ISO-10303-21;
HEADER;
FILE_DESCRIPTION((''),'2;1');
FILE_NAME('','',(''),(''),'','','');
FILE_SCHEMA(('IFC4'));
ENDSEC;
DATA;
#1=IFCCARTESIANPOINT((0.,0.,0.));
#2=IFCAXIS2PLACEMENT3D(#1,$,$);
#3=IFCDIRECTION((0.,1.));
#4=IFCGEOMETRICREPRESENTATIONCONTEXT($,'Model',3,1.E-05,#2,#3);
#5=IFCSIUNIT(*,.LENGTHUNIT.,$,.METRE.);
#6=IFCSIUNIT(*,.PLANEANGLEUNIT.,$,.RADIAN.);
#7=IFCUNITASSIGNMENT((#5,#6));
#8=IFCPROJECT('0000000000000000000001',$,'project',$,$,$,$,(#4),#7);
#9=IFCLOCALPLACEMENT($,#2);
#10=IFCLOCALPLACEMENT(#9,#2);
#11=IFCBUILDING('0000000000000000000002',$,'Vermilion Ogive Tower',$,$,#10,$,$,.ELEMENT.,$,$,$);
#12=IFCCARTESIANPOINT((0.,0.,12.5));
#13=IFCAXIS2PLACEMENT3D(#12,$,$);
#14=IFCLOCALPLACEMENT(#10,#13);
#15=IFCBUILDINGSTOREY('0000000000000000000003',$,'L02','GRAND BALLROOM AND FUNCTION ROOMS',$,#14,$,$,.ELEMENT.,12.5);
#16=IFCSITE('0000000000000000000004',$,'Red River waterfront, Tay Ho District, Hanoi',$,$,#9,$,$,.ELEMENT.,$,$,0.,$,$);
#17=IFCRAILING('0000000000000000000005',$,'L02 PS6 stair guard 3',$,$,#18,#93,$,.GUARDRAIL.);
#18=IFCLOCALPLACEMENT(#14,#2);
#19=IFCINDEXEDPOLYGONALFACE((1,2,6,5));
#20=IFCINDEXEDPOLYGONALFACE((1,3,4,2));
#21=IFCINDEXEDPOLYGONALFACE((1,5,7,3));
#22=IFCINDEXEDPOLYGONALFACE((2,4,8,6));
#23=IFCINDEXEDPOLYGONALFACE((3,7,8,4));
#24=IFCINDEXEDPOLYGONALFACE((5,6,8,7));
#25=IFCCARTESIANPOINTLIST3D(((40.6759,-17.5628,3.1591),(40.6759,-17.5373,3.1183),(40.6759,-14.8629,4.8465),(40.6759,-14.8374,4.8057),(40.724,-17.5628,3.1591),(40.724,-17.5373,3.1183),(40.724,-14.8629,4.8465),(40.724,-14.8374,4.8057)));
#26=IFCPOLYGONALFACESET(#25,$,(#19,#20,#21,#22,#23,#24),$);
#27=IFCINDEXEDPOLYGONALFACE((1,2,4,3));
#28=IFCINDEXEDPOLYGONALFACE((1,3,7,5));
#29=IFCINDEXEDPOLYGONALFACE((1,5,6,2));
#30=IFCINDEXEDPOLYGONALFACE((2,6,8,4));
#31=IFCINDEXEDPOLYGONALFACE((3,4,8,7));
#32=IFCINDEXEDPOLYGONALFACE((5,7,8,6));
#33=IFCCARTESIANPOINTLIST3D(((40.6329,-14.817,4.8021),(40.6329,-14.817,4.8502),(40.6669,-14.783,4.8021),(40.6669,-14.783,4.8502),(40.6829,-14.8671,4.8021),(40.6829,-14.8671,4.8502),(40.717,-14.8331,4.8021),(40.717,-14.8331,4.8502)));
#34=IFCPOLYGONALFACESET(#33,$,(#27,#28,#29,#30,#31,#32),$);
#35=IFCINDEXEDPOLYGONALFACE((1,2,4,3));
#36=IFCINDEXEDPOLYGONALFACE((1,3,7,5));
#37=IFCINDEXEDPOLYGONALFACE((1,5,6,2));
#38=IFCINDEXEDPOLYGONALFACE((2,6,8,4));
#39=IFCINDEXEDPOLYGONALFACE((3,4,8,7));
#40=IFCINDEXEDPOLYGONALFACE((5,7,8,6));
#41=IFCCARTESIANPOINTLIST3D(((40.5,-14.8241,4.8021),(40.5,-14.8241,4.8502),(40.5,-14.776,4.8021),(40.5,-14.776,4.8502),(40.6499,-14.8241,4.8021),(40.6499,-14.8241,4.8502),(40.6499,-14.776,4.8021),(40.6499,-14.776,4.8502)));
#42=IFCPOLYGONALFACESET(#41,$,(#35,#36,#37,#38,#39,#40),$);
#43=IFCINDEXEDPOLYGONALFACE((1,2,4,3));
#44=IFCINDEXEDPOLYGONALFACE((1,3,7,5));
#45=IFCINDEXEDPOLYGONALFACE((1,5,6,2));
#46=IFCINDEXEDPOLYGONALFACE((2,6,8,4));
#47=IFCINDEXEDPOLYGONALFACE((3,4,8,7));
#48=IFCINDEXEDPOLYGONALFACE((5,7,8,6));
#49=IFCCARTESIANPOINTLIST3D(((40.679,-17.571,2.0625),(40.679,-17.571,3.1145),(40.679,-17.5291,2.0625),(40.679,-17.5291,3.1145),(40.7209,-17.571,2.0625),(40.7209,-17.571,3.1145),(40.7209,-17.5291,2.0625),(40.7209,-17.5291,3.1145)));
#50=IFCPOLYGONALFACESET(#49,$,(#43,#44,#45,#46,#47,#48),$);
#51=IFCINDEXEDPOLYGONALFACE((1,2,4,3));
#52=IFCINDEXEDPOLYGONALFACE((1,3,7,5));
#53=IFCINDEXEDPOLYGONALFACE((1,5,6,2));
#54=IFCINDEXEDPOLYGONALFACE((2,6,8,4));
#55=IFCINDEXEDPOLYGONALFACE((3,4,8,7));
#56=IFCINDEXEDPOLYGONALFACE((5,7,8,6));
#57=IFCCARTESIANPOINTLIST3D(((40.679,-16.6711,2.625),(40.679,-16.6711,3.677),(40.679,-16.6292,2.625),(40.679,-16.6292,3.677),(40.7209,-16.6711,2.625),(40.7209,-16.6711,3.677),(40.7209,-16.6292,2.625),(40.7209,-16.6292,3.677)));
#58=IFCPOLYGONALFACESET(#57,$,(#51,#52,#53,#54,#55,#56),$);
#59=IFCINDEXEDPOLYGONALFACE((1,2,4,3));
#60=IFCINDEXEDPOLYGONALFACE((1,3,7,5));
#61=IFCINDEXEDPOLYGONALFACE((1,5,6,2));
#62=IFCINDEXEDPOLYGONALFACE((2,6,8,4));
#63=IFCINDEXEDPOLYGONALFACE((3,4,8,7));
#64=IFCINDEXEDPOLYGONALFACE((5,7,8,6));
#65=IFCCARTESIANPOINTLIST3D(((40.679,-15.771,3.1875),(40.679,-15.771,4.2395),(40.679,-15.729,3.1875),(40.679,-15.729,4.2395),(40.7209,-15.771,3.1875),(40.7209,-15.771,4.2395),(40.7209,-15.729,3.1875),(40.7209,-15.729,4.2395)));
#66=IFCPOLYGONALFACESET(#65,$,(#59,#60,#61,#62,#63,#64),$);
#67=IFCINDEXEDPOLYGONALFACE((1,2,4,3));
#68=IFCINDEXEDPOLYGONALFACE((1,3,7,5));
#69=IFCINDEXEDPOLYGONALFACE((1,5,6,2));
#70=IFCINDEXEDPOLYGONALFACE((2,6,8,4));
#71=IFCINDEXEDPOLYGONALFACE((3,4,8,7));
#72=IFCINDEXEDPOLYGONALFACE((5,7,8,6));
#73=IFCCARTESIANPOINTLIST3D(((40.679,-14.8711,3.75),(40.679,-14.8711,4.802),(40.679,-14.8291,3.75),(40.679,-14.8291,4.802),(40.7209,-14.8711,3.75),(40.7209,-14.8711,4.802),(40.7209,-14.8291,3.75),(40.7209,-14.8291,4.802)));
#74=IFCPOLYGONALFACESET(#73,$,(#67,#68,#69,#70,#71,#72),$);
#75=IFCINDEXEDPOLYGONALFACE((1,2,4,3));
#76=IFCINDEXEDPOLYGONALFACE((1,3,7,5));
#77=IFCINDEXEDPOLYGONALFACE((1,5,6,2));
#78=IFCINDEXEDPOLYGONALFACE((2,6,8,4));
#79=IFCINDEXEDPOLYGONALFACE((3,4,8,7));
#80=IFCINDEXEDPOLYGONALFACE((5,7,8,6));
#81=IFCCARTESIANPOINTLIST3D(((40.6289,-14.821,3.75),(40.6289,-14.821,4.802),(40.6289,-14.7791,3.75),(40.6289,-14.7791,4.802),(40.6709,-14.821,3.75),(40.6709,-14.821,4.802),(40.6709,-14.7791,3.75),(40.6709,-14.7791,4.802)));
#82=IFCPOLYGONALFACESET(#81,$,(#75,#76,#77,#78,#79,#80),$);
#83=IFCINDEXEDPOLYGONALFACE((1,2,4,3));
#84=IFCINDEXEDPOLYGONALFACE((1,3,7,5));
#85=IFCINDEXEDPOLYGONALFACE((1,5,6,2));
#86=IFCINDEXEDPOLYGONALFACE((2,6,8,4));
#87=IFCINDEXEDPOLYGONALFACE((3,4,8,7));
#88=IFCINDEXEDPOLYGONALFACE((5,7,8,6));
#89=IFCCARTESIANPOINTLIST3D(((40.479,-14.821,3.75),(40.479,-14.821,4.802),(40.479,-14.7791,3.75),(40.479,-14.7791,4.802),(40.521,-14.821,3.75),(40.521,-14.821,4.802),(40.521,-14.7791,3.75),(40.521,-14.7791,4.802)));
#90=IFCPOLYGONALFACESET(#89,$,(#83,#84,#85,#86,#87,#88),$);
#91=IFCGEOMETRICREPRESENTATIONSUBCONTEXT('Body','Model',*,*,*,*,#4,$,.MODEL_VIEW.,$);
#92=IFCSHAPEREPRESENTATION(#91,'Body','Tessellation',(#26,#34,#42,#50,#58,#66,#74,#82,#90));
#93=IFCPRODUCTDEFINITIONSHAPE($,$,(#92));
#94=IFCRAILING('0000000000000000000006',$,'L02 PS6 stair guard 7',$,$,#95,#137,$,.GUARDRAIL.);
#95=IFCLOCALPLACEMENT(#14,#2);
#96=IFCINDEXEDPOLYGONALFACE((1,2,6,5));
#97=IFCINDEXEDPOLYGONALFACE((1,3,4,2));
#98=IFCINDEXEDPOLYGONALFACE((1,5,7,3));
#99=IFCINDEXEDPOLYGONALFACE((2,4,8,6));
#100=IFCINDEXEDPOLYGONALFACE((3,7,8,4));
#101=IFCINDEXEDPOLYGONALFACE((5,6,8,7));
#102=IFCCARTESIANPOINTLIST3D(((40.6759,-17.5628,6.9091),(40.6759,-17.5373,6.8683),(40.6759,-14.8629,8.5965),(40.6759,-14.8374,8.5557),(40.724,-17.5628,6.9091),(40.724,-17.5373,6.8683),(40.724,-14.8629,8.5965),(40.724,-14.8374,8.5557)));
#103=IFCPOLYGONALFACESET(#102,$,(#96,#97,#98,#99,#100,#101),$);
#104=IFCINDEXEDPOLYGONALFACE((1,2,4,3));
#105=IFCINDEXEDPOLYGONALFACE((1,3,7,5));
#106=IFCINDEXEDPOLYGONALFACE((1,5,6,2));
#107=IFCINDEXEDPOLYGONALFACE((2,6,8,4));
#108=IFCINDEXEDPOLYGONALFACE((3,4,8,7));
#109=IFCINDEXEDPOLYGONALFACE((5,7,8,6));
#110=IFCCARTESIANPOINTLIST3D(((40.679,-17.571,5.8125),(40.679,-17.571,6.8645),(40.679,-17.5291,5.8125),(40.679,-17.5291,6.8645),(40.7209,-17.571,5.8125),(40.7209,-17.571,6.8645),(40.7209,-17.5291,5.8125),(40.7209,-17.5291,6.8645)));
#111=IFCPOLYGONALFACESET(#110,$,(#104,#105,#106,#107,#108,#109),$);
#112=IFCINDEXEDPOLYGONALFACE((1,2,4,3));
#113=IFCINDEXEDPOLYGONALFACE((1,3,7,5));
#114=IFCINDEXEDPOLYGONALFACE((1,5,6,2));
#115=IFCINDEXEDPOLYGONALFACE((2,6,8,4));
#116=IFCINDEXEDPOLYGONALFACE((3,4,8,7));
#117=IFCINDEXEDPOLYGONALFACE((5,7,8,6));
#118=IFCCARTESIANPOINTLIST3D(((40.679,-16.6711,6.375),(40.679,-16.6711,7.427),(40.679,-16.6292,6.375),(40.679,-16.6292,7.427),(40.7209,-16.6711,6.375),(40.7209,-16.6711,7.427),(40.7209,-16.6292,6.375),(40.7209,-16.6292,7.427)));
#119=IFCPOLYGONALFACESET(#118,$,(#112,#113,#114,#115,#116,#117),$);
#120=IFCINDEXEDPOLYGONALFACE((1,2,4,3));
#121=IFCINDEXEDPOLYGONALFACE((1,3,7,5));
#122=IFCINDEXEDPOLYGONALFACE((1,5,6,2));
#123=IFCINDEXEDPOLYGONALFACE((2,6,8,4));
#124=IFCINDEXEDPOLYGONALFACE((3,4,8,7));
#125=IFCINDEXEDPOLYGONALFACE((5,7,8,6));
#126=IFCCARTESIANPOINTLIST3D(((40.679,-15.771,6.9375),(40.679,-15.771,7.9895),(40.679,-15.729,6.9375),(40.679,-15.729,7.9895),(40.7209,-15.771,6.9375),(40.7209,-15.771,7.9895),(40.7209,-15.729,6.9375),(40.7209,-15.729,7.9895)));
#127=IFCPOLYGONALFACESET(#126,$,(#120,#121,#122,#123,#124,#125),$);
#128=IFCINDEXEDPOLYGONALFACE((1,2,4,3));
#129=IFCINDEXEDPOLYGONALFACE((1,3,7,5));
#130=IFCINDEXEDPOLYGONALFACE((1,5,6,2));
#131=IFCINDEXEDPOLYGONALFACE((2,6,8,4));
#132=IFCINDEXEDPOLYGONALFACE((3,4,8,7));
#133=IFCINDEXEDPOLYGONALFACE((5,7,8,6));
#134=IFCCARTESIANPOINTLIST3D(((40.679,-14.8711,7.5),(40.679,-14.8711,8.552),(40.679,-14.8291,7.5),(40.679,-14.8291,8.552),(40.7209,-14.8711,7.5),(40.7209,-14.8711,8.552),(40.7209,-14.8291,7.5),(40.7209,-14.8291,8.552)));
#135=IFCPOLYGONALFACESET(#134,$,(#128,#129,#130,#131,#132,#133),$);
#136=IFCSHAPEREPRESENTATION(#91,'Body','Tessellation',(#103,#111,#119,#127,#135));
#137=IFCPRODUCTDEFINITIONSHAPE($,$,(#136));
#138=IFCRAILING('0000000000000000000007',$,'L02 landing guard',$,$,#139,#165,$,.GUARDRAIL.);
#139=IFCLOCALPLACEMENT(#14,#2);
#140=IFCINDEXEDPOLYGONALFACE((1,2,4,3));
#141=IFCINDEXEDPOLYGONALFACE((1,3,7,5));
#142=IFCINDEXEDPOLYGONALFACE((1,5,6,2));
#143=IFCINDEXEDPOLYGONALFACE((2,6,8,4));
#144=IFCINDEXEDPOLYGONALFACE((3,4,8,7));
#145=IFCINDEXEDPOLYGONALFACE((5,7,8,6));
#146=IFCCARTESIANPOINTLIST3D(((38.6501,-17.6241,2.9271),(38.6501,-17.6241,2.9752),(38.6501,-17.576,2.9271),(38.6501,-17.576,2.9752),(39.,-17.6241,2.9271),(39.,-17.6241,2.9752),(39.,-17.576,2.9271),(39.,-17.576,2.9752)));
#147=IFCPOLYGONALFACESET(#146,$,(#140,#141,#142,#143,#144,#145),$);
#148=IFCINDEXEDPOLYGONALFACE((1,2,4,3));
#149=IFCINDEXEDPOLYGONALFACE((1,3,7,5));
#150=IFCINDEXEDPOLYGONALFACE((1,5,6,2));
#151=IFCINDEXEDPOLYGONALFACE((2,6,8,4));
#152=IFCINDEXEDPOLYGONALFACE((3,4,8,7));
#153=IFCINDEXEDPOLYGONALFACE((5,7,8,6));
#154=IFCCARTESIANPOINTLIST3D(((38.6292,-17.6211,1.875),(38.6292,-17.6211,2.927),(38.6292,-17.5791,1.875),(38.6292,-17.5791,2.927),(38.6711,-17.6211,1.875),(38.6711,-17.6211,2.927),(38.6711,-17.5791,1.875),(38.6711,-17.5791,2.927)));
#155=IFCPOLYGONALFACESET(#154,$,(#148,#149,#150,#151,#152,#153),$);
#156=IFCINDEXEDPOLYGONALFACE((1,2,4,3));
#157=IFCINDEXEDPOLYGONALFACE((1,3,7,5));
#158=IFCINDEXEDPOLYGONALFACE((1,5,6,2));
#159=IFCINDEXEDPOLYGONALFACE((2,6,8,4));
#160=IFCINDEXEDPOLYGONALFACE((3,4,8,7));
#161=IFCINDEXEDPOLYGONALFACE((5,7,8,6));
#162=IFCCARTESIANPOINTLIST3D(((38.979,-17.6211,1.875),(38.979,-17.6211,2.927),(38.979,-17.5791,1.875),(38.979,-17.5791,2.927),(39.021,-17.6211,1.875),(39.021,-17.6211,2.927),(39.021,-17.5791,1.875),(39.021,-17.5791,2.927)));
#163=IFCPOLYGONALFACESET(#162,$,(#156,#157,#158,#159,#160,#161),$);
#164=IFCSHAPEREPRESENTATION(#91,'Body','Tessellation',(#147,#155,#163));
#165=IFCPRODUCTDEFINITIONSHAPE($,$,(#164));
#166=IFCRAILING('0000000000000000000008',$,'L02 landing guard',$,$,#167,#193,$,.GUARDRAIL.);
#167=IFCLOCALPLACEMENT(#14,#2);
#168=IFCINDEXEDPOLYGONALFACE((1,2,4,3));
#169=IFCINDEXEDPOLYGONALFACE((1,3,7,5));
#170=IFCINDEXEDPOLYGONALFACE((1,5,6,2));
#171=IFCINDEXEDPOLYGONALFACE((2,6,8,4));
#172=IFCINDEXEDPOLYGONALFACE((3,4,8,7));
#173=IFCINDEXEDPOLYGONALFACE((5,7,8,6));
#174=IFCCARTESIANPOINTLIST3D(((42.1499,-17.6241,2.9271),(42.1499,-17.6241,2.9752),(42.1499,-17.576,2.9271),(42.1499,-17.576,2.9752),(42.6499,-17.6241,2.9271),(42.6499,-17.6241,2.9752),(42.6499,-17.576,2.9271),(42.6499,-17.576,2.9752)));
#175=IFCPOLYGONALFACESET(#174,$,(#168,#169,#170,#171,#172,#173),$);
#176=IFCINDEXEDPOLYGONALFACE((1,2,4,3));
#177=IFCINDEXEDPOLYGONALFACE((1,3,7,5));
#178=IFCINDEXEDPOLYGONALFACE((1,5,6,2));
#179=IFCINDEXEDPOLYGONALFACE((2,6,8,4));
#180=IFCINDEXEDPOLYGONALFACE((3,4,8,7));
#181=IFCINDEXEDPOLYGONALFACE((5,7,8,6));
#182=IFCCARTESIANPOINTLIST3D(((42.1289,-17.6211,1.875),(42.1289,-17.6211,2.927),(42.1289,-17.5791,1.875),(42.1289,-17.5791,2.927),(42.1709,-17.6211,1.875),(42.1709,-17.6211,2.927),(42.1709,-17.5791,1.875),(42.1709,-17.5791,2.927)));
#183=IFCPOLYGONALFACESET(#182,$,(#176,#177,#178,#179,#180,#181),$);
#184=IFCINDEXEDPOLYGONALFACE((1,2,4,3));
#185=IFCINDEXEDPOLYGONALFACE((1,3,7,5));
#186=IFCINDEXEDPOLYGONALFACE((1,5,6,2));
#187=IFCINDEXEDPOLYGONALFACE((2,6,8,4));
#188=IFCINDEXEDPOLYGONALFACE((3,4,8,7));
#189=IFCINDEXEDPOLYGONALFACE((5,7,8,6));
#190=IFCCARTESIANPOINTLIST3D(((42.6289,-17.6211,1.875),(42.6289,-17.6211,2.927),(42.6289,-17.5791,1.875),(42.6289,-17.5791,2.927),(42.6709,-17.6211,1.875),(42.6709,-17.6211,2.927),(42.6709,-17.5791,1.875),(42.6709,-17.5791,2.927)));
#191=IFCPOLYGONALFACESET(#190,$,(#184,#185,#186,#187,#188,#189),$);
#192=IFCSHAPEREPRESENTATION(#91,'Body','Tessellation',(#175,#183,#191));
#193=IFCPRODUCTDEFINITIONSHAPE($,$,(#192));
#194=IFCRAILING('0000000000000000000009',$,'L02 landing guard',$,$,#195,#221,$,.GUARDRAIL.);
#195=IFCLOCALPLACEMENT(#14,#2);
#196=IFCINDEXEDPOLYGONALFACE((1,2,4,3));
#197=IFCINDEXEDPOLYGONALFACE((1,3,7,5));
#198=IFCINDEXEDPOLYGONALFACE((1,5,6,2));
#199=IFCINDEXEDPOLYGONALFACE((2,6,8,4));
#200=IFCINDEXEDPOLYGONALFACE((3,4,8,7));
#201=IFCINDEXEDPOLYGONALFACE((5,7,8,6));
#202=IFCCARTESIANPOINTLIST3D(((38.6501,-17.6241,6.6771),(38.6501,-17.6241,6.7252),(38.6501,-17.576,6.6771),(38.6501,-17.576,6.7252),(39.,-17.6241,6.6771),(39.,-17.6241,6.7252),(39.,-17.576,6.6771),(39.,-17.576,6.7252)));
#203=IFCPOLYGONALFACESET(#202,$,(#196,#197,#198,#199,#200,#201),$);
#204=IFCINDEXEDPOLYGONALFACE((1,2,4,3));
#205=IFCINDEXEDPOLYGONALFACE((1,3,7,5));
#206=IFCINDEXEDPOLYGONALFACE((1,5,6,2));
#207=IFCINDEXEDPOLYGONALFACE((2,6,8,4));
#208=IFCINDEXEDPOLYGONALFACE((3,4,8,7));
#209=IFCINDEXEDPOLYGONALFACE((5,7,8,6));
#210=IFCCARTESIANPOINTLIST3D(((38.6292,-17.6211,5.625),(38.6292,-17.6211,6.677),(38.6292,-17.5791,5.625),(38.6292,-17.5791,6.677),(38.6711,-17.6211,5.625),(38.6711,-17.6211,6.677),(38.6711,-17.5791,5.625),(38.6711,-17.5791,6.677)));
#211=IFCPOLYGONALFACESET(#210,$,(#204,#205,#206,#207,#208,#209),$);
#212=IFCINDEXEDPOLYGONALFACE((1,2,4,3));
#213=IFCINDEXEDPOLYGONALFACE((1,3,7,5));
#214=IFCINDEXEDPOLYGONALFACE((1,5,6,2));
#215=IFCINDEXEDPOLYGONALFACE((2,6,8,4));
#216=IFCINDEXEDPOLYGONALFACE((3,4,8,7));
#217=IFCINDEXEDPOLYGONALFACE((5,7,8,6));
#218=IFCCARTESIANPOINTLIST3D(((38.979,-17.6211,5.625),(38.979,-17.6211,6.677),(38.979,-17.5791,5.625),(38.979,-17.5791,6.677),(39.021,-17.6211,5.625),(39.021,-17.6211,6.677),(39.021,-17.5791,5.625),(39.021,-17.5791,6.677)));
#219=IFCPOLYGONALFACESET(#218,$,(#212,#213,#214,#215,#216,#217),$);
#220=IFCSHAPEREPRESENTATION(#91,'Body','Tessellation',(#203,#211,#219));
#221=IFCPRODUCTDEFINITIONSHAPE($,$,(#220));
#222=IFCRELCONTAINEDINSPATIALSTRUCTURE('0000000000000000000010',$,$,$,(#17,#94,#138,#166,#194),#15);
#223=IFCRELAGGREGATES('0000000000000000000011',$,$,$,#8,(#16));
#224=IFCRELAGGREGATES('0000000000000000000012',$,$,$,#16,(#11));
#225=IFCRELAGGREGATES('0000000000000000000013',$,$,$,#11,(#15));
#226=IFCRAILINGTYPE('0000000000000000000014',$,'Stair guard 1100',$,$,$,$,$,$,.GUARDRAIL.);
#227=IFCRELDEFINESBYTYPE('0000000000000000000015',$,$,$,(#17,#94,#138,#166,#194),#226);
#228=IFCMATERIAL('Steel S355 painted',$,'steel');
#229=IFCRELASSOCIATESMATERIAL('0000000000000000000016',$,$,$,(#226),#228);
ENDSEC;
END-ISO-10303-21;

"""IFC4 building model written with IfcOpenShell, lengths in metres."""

from ifc_helpers import new_model, si_unit, direction, frame, origin, origin_2d, place, context, subcontext, project, spatial, rectangle, extrude, material, type_object, element, save


model = new_model("IFC4")

# Units and contexts
model_context = context("Model", 3, precision=1e-05, world=origin(), true_north=direction((0.0, 1.0)))
body_context = subcontext(model_context, "Body", "Model", "MODEL_VIEW")
ifc_project = project(units=[si_unit("LENGTHUNIT", "METRE"), si_unit("PLANEANGLEUNIT", "RADIAN")], contexts=[model_context])

# Site, building, storey
site_placement = place(None, origin())
site = spatial("IfcSite", under=ifc_project, at=site_placement, Name="Red River waterfront, Tay Ho District, Hanoi", CompositionType="ELEMENT", RefElevation=0.0)
building_placement = place(site_placement, origin())
building = spatial("IfcBuilding", under=site, at=building_placement, Name="Vermilion Ogive Tower", CompositionType="ELEMENT")
storey_placement = place(building_placement, frame((0.0, 0.0, 12.5)))
storey = spatial("IfcBuildingStorey", under=building, at=storey_placement, Name="L02", Description="GRAND BALLROOM AND FUNCTION ROOMS", CompositionType="ELEMENT", Elevation=12.5)

# Railings
ifc_material_1 = material(Name="Steel S355 painted", Category="steel")
railing_type = type_object("IfcRailingType", Name="Stair guard 1100", PredefinedType="GUARDRAIL", material=ifc_material_1)
railing_1_placement = place(storey_placement, frame((40.7, -17.55, 2.0625)))
element("IfcRailing", 1, at=railing_1_placement, inside=storey, type_object=railing_type, Name="L02 PS6 stair guard 3", PredefinedType="GUARDRAIL", context=body_context, shape_type="SweptSolid", body=[
    extrude(rectangle(XDim=0.0481, YDim=0.0481, at=origin_2d()), frame((0.0, 0.0, 1.0762), z_axis=(0.0, 0.847994, 0.530006), x_axis=(-1.0, 0.0, 0.0)), (0.0, 0.0, 1.0), 3.1838),
    extrude(rectangle(XDim=0.0481, YDim=0.0481, at=origin_2d()), frame((0.0, 2.7, 2.7637), z_axis=(-0.707107, 0.707107, 0.0), x_axis=(-0.707107, -0.707107, 0.0)), (0.0, 0.0, 1.0), 0.0708),
    extrude(rectangle(XDim=0.0481, YDim=0.0481, at=origin_2d()), frame((-0.05, 2.75, 2.7637), z_axis=(-1.0, 0.0, 0.0), x_axis=(0.0, -1.0, 0.0)), (0.0, 0.0, 1.0), 0.1499),
    extrude(rectangle(XDim=0.042, YDim=0.042, at=origin_2d()), origin(), (0.0, 0.0, 1.0), 1.052),
    extrude(rectangle(XDim=0.042, YDim=0.042, at=origin_2d()), frame((0.0, 0.8999, 0.5625)), (0.0, 0.0, 1.0), 1.052),
    extrude(rectangle(XDim=0.042, YDim=0.042, at=origin_2d()), frame((0.0, 1.8, 1.125)), (0.0, 0.0, 1.0), 1.052),
    extrude(rectangle(XDim=0.042, YDim=0.042, at=origin_2d()), frame((0.0, 2.7, 1.6875)), (0.0, 0.0, 1.0), 1.052),
    extrude(rectangle(XDim=0.042, YDim=0.042, at=origin_2d()), frame((-0.05, 2.75, 1.6875)), (0.0, 0.0, 1.0), 1.052),
    extrude(rectangle(XDim=0.042, YDim=0.042, at=origin_2d()), frame((-0.2, 2.75, 1.6875)), (0.0, 0.0, 1.0), 1.052),
])
railing_2_placement = place(storey_placement, frame((40.7, -17.55, 5.8125)))
element("IfcRailing", 2, at=railing_2_placement, inside=storey, type_object=railing_type, Name="L02 PS6 stair guard 7", PredefinedType="GUARDRAIL", context=body_context, shape_type="SweptSolid", body=[
    extrude(rectangle(XDim=0.0481, YDim=0.0481, at=origin_2d()), frame((0.0, 0.0, 1.0762), z_axis=(0.0, 0.847994, 0.530006), x_axis=(-1.0, 0.0, 0.0)), (0.0, 0.0, 1.0), 3.1838),
    extrude(rectangle(XDim=0.042, YDim=0.042, at=origin_2d()), origin(), (0.0, 0.0, 1.0), 1.052),
    extrude(rectangle(XDim=0.042, YDim=0.042, at=origin_2d()), frame((0.0, 0.8999, 0.5625)), (0.0, 0.0, 1.0), 1.052),
    extrude(rectangle(XDim=0.042, YDim=0.042, at=origin_2d()), frame((0.0, 1.8, 1.125)), (0.0, 0.0, 1.0), 1.052),
    extrude(rectangle(XDim=0.042, YDim=0.042, at=origin_2d()), frame((0.0, 2.7, 1.6875)), (0.0, 0.0, 1.0), 1.052),
])
railing_3_placement = place(storey_placement, frame((38.6501, -17.6001, 1.875)))
element("IfcRailing", 3, at=railing_3_placement, inside=storey, type_object=railing_type, Name="L02 landing guard", PredefinedType="GUARDRAIL", context=body_context, shape_type="SweptSolid", body=[
    extrude(rectangle(XDim=0.0481, YDim=0.0481, at=origin_2d()), frame((0.0, 0.0, 1.0762), z_axis=(1.0, 0.0, 0.0), x_axis=(0.0, 1.0, 0.0)), (0.0, 0.0, 1.0), 0.3499),
    extrude(rectangle(XDim=0.042, YDim=0.042, at=origin_2d()), origin(), (0.0, 0.0, 1.0), 1.052),
    extrude(rectangle(XDim=0.042, YDim=0.042, at=origin_2d()), frame((0.3499, 0.0, 0.0)), (0.0, 0.0, 1.0), 1.052),
])
railing_4_placement = place(storey_placement, frame((42.1499, -17.6001, 1.875)))
element("IfcRailing", 4, at=railing_4_placement, inside=storey, type_object=railing_type, Name="L02 landing guard", PredefinedType="GUARDRAIL", context=body_context, shape_type="SweptSolid", body=[
    extrude(rectangle(XDim=0.0481, YDim=0.0481, at=origin_2d()), frame((0.0, 0.0, 1.0762), z_axis=(1.0, 0.0, 0.0), x_axis=(0.0, 1.0, 0.0)), (0.0, 0.0, 1.0), 0.5),
    extrude(rectangle(XDim=0.042, YDim=0.042, at=origin_2d()), origin(), (0.0, 0.0, 1.0), 1.052),
    extrude(rectangle(XDim=0.042, YDim=0.042, at=origin_2d()), frame((0.5, 0.0, 0.0)), (0.0, 0.0, 1.0), 1.052),
])
railing_5_placement = place(storey_placement, frame((38.6501, -17.6001, 5.625)))
element("IfcRailing", 5, at=railing_5_placement, inside=storey, type_object=railing_type, Name="L02 landing guard", PredefinedType="GUARDRAIL", context=body_context, shape_type="SweptSolid", body=[
    extrude(rectangle(XDim=0.0481, YDim=0.0481, at=origin_2d()), frame((0.0, 0.0, 1.0762), z_axis=(1.0, 0.0, 0.0), x_axis=(0.0, 1.0, 0.0)), (0.0, 0.0, 1.0), 0.3499),
    extrude(rectangle(XDim=0.042, YDim=0.042, at=origin_2d()), origin(), (0.0, 0.0, 1.0), 1.052),
    extrude(rectangle(XDim=0.042, YDim=0.042, at=origin_2d()), frame((0.3499, 0.0, 0.0)), (0.0, 0.0, 1.0), 1.052),
])

save(model, "model.ifc")
